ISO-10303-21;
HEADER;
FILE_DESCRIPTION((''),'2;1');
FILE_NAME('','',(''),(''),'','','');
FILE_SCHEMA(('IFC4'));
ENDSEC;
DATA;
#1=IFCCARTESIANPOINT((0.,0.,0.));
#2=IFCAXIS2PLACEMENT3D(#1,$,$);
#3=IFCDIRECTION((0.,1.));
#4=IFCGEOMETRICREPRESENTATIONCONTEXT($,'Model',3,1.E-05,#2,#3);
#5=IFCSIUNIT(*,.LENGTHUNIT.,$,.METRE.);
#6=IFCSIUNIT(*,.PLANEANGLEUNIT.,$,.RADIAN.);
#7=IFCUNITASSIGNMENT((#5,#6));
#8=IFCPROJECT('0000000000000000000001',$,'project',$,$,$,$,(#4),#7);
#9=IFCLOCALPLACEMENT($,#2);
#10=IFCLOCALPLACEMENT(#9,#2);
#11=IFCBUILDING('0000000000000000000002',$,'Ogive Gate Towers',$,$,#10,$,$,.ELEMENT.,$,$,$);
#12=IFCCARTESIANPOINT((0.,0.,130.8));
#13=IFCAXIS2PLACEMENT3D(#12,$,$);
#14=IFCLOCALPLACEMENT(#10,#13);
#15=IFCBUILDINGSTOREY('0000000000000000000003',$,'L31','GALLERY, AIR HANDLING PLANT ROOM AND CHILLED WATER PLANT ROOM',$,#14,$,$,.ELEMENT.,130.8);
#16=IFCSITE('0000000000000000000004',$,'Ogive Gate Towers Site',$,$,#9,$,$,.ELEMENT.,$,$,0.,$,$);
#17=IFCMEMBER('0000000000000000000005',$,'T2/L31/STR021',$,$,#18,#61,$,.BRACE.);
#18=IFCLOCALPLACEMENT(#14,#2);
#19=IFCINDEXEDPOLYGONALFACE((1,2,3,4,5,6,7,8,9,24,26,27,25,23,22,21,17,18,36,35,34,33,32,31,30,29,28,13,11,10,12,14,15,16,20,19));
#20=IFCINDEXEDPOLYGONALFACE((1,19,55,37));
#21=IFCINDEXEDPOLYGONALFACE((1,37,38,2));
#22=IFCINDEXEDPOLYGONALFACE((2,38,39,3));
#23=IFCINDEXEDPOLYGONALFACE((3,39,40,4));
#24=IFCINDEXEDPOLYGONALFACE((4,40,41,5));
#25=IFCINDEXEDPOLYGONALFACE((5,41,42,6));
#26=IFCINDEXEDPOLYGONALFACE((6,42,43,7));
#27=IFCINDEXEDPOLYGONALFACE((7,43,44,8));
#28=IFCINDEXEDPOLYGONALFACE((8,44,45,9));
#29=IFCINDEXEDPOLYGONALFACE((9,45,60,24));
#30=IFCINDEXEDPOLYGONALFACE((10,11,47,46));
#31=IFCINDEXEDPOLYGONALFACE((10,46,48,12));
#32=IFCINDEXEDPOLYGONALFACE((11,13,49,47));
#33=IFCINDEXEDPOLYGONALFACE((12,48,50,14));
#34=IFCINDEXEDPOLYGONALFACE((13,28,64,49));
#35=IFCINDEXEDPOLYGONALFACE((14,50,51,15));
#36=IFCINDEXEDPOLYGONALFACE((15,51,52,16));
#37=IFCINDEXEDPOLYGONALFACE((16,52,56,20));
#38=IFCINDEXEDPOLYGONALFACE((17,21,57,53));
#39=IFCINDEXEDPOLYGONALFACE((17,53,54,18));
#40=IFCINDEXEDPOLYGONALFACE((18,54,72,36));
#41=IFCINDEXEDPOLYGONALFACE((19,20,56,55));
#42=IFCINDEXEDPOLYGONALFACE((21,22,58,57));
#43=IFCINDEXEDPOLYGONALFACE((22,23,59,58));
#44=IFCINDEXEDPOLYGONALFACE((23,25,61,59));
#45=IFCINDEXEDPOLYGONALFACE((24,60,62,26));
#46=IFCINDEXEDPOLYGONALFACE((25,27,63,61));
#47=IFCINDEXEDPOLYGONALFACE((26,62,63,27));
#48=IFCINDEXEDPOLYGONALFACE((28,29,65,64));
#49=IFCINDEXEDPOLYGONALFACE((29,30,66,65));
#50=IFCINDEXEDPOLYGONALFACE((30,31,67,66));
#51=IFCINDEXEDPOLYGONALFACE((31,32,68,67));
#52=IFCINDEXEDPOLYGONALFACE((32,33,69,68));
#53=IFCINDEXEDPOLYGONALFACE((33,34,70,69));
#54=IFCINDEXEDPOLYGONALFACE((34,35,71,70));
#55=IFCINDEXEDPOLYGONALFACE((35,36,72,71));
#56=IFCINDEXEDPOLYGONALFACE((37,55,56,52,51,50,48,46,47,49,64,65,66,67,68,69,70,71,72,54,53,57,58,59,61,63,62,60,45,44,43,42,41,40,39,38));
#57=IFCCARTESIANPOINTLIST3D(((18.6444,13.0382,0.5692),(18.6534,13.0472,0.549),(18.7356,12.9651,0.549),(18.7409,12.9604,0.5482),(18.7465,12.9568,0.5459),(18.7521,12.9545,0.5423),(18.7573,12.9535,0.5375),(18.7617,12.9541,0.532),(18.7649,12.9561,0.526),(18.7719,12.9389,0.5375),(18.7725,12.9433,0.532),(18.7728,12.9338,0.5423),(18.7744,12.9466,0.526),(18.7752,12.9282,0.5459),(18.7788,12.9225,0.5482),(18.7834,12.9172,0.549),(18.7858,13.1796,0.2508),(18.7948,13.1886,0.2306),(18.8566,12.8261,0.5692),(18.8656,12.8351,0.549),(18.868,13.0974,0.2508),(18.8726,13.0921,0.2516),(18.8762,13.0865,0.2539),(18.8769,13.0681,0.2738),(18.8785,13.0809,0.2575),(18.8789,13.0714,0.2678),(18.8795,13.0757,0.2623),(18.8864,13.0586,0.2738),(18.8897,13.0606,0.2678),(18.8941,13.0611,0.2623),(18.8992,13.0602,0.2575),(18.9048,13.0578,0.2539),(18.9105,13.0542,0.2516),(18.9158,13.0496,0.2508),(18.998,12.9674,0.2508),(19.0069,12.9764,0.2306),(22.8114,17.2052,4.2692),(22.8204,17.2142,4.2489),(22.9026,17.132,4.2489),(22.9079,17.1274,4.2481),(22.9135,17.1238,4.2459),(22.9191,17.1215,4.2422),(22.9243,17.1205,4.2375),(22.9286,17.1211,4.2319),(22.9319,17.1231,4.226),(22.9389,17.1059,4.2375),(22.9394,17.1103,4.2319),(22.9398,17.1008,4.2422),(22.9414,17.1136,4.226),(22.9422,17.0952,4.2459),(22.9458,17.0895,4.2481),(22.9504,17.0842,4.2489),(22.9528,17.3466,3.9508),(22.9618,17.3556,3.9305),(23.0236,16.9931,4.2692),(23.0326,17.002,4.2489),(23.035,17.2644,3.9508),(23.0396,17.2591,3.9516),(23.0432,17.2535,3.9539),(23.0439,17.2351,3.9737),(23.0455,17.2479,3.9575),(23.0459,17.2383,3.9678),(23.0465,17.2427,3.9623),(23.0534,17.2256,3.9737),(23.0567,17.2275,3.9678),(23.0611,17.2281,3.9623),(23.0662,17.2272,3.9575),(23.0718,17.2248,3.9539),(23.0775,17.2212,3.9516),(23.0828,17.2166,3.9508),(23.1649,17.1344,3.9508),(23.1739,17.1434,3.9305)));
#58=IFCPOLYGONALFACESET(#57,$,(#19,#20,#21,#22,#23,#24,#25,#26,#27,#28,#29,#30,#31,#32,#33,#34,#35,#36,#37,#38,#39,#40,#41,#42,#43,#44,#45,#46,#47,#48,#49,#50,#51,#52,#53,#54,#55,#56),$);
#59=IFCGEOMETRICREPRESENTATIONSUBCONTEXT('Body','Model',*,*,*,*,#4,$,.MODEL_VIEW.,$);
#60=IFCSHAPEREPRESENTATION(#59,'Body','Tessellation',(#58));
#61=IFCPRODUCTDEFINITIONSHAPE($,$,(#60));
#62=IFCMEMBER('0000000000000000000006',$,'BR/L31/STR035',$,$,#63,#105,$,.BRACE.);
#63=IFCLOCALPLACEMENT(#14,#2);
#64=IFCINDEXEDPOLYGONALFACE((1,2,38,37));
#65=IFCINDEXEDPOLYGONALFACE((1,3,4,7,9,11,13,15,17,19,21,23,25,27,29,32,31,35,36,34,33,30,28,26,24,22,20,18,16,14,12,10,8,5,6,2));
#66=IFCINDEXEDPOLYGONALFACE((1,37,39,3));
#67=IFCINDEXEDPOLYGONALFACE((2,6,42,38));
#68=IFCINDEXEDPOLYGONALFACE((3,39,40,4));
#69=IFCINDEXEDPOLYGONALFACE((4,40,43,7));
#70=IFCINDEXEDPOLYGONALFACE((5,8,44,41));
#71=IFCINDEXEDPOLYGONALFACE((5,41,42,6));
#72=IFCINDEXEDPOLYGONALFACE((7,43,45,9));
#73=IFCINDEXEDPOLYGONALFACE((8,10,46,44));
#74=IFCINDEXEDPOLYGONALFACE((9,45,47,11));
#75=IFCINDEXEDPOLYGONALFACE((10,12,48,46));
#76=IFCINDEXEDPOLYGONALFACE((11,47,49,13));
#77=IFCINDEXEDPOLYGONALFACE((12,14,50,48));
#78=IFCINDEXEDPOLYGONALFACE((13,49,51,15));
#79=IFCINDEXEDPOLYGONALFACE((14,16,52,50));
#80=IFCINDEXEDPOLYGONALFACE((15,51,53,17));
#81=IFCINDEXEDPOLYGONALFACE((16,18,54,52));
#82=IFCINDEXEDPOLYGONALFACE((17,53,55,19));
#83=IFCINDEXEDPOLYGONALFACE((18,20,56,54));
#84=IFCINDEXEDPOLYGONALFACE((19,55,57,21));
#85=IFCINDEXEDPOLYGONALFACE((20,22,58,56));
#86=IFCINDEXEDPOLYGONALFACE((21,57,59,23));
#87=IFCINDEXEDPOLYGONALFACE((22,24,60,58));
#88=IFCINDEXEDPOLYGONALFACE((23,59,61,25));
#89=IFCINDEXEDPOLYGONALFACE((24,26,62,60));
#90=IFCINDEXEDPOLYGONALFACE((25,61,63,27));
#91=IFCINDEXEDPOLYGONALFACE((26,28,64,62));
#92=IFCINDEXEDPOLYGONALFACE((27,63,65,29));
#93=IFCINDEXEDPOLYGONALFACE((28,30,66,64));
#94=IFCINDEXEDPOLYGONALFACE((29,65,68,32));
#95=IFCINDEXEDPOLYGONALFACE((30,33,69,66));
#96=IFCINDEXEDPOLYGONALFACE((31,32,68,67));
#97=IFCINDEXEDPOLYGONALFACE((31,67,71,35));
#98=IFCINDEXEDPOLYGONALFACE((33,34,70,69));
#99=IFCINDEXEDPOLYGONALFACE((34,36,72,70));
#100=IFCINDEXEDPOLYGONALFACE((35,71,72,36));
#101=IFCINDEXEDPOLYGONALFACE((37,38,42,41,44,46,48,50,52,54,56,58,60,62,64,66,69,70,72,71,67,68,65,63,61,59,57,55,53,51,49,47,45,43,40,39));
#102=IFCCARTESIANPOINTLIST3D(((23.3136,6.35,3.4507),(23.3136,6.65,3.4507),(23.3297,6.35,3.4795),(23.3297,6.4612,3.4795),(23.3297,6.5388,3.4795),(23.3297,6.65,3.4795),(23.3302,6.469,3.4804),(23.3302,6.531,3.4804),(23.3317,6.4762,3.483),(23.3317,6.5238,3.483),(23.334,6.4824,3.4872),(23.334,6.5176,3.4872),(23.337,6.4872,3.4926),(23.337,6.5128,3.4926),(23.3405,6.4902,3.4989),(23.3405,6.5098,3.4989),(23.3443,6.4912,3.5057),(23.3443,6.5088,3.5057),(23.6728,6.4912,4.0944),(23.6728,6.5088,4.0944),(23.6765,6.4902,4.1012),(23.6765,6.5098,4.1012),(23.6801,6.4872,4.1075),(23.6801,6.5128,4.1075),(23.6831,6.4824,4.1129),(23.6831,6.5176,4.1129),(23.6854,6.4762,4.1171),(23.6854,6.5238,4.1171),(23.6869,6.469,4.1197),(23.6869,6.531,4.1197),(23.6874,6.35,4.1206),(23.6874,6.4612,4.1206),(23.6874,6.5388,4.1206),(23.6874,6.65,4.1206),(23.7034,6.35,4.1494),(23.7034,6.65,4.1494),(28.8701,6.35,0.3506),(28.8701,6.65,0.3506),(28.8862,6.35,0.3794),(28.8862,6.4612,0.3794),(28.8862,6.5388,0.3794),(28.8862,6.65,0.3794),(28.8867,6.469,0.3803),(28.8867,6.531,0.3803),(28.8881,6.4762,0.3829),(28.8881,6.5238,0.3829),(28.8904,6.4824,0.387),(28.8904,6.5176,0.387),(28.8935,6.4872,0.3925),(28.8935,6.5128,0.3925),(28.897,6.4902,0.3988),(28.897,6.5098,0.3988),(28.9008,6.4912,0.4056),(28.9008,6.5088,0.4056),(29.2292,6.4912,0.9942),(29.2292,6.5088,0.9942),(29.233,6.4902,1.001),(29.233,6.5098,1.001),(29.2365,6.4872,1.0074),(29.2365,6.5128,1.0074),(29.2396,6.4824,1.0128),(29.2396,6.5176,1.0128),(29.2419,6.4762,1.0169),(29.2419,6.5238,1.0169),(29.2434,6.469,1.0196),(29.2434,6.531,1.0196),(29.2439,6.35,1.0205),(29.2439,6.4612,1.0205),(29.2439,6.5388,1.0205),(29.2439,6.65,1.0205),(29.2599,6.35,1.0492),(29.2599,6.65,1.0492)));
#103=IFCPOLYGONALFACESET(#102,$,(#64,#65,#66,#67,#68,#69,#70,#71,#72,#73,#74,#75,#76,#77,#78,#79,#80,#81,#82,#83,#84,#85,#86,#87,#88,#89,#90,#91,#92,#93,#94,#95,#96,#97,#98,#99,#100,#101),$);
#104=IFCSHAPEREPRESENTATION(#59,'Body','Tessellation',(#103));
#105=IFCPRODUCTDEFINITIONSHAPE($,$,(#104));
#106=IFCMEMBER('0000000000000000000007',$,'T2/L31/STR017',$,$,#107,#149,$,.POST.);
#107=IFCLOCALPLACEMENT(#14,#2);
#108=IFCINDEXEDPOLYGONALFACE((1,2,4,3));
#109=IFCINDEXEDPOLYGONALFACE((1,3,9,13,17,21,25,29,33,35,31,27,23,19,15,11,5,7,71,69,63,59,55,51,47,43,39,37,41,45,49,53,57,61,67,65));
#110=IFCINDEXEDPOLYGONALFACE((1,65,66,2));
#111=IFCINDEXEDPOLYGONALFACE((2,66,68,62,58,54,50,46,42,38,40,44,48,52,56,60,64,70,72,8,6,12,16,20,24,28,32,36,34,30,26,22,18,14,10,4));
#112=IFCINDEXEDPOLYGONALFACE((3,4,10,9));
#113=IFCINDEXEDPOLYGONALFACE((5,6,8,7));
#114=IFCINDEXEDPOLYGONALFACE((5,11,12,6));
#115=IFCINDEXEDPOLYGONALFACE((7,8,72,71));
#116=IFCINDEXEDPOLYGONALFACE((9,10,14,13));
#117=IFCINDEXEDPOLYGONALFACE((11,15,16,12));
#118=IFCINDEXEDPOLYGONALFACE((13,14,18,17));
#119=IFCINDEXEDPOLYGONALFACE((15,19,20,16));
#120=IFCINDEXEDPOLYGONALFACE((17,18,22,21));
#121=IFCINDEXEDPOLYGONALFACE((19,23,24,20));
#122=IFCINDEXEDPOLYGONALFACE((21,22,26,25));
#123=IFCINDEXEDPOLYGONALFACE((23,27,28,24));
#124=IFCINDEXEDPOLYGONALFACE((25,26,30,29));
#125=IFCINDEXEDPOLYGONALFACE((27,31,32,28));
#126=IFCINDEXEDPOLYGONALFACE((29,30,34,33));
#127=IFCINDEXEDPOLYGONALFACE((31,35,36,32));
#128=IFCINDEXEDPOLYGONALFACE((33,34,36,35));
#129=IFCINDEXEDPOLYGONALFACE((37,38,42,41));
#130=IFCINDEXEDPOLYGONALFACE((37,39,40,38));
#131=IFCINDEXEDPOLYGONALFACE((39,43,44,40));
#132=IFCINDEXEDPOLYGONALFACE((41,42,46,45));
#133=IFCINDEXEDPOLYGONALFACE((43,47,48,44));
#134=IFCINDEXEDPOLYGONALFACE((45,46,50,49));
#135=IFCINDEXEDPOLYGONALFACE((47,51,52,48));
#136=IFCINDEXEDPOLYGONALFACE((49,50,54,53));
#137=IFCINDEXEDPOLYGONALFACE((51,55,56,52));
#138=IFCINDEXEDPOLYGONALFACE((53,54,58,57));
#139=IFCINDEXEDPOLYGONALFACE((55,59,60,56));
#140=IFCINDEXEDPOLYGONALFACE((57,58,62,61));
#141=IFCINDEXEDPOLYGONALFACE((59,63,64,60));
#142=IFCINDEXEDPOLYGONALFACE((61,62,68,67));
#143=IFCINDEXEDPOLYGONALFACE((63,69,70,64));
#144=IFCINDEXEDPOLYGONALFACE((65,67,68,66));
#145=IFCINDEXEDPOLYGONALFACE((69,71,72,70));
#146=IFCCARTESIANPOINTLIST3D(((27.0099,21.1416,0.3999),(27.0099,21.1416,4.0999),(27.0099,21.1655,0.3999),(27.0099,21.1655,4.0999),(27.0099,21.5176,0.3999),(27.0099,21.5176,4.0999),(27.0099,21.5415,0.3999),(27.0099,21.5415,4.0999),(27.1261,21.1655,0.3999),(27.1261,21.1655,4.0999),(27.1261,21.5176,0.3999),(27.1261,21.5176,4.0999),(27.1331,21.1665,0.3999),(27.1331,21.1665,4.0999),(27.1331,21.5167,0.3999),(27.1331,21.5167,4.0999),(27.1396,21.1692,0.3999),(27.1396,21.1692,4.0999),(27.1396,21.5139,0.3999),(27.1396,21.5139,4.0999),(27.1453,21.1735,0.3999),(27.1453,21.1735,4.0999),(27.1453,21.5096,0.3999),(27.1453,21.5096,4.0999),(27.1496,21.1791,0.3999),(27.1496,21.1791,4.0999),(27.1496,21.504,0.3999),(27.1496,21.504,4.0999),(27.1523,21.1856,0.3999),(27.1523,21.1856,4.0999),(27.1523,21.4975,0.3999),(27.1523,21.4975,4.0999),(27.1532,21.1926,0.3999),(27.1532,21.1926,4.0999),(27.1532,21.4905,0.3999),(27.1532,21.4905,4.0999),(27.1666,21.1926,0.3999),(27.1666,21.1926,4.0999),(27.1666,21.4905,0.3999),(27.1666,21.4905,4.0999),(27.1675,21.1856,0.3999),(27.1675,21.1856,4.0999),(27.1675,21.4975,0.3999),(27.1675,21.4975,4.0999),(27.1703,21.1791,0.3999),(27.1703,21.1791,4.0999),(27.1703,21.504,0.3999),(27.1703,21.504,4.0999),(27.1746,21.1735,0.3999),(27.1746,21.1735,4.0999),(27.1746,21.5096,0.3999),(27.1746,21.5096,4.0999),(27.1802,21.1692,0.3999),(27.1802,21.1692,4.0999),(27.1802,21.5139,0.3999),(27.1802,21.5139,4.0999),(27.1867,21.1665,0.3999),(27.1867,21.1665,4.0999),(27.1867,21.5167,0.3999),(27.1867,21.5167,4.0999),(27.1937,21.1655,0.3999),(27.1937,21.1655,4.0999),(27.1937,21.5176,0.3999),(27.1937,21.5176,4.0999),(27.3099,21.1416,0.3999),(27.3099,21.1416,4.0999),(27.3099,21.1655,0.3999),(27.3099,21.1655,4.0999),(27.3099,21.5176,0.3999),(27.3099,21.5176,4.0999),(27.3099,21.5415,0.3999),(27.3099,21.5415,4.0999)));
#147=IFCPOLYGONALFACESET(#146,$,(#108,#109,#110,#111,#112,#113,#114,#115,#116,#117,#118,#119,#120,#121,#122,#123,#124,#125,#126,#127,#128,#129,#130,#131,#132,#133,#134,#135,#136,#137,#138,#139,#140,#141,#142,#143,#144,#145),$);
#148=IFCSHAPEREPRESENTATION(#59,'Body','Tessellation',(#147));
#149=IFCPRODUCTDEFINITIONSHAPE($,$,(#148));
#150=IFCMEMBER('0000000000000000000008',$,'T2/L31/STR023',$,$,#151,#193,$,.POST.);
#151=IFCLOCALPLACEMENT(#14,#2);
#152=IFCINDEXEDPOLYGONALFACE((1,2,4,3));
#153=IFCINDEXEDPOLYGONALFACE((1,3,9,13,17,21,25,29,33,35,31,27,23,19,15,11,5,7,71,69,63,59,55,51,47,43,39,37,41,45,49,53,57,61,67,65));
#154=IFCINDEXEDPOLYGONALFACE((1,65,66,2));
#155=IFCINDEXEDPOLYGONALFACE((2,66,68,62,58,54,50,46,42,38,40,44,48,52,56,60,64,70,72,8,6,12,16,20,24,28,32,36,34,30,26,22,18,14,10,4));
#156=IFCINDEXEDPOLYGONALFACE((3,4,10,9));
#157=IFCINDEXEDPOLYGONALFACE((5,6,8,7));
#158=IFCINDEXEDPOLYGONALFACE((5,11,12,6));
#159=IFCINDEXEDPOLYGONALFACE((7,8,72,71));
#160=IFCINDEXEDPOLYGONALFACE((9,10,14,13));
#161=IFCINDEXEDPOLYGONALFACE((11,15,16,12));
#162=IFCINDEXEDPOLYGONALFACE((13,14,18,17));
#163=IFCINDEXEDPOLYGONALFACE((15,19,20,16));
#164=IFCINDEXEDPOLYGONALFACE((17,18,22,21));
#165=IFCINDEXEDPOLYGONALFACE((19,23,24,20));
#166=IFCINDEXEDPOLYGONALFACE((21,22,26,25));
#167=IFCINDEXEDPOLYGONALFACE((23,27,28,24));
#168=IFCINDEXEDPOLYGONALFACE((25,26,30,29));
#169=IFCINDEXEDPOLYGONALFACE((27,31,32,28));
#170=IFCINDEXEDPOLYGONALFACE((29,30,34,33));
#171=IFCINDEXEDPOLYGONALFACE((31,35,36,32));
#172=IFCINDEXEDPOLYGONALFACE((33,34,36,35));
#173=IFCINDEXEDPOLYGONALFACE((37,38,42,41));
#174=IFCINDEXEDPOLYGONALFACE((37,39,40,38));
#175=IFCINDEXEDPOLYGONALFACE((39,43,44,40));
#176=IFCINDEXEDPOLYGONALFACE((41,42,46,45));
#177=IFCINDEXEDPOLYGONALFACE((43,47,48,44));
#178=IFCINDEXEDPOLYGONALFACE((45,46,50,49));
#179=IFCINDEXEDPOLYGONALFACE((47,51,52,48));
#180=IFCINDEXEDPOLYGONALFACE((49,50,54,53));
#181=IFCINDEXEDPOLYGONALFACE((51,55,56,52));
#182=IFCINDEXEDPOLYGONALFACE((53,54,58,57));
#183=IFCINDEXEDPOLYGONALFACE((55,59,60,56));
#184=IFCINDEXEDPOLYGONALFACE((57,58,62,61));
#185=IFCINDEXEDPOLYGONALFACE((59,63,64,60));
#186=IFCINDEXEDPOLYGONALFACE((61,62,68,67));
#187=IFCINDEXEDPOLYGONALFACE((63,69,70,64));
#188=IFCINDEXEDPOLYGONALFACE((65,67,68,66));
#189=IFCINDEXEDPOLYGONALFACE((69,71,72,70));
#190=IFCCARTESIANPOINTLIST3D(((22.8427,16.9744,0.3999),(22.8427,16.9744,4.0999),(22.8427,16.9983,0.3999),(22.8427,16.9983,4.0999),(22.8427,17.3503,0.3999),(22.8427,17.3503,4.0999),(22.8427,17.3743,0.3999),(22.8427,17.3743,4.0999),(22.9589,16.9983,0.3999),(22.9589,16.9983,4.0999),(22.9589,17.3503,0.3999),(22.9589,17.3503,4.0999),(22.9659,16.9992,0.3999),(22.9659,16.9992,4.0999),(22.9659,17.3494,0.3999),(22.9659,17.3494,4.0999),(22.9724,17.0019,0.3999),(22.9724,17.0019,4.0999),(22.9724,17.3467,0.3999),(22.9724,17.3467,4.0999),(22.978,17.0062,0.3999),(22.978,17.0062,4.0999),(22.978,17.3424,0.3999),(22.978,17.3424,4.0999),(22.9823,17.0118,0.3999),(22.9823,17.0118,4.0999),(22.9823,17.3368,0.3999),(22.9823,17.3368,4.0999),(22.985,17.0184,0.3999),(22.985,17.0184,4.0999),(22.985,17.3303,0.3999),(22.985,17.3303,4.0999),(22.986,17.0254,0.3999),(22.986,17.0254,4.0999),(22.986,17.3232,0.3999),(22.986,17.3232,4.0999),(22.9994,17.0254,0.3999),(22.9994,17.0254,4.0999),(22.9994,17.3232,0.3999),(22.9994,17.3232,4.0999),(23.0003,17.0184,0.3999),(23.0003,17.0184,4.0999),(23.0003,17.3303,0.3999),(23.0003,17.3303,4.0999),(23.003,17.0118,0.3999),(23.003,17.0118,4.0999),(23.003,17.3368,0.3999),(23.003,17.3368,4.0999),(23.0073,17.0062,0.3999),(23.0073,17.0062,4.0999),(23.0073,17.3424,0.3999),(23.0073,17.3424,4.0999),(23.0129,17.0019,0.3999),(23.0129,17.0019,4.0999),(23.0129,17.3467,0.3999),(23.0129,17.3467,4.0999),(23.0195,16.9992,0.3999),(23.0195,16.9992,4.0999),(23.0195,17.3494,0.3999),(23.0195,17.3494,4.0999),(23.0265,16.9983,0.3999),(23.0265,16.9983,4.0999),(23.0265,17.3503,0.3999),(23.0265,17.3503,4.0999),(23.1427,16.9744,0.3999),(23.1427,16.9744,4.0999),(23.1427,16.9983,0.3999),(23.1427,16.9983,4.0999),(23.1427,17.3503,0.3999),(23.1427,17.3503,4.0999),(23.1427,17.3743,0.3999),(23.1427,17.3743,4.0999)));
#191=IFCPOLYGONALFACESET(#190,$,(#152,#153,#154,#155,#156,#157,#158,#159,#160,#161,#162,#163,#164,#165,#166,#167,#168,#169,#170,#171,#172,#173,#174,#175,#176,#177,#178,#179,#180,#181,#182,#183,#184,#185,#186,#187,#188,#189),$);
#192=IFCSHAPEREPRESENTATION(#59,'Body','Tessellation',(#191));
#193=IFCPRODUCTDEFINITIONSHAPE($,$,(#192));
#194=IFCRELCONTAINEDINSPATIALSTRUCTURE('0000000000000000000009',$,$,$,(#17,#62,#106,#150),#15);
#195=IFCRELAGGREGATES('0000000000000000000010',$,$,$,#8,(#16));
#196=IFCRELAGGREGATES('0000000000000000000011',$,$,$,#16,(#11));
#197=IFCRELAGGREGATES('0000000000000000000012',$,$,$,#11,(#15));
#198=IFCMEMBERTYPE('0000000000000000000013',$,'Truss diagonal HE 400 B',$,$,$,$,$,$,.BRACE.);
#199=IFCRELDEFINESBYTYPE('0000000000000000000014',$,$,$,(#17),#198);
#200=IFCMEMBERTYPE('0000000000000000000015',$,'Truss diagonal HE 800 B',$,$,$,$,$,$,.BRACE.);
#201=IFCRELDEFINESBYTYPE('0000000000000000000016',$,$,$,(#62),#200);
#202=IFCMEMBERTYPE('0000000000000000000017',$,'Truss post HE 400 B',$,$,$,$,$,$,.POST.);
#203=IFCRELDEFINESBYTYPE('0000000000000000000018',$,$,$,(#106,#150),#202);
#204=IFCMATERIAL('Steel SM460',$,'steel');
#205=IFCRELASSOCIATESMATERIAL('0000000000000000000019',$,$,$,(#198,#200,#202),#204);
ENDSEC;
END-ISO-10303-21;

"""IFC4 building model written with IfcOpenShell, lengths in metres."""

from ifc_helpers import new_model, si_unit, direction, frame, origin, origin_2d, place, context, subcontext, project, spatial, i_section, extrude, material, material_profile, profile_set, type_object, element, save


model = new_model("IFC4")

# Units and contexts
model_context = context("Model", 3, precision=1e-05, world=origin(), true_north=direction((0.0, 1.0)))
body_context = subcontext(model_context, "Body", "Model", "MODEL_VIEW")
ifc_project = project(units=[si_unit("LENGTHUNIT", "METRE"), si_unit("PLANEANGLEUNIT", "RADIAN")], contexts=[model_context])

# Site, building, storey
site_placement = place(None, origin())
site = spatial("IfcSite", under=ifc_project, at=site_placement, Name="Ogive Gate Towers Site", CompositionType="ELEMENT", RefElevation=0.0)
building_placement = place(site_placement, origin())
building = spatial("IfcBuilding", under=site, at=building_placement, Name="Ogive Gate Towers", CompositionType="ELEMENT")
storey_placement = place(building_placement, frame((0.0, 0.0, 130.8)))
storey = spatial("IfcBuildingStorey", under=building, at=storey_placement, Name="L31", Description="GALLERY, AIR HANDLING PLANT ROOM AND CHILLED WATER PLANT ROOM", CompositionType="ELEMENT", Elevation=130.8)

# Shared definitions
ifc_material_1 = material(Name="Steel SM460", Category="steel")

# Members
ifc_material_profile_1 = material_profile(ifc_material_1, i_section(OverallWidth=0.3, OverallDepth=0.3999, WebThickness=0.0134, FlangeThickness=0.0239, FilletRadius=0.0271, at=origin_2d()), Name="HE 400 B")
ifc_profile_set_1 = profile_set([ifc_material_profile_1], Name="Steel SM460")
member_type_1 = type_object("IfcMemberType", Name="Truss diagonal HE 400 B", PredefinedType="BRACE", material=ifc_profile_set_1)
member_1_placement = place(storey_placement, frame((22.9927, 17.1743, 4.0999), z_axis=(-0.598856, -0.598856, -0.531736), x_axis=(0.707107, -0.707107, 0.0)))
element("IfcMember", 1, at=member_1_placement, inside=storey, type_object=member_type_1, Name="T2/L31/STR021", PredefinedType="BRACE", context=body_context, shape_type="SweptSolid", body=[
    extrude(i_section(OverallWidth=0.3, OverallDepth=0.3999, WebThickness=0.0134, FlangeThickness=0.0239, FilletRadius=0.0271, at=origin_2d()), origin(), (0.0, 0.0, 1.0), 6.9583),
])
ifc_material_profile_2 = material_profile(ifc_material_1, i_section(OverallWidth=0.3, OverallDepth=0.8, WebThickness=0.0176, FlangeThickness=0.033, FilletRadius=0.03, at=origin_2d()), Name="HE 800 B")
ifc_profile_set_2 = profile_set([ifc_material_profile_2], Name="Steel SM460")
member_type_2 = type_object("IfcMemberType", Name="Truss diagonal HE 800 B", PredefinedType="BRACE", material=ifc_profile_set_2)
member_2_placement = place(storey_placement, frame((23.5085, 6.5, 3.8), z_axis=(0.873274, 0.0, -0.487229), x_axis=(0.0, 1.0, 0.0)))
element("IfcMember", 2, at=member_2_placement, inside=storey, type_object=member_type_2, Name="BR/L31/STR035", PredefinedType="BRACE", context=body_context, shape_type="SweptSolid", body=[
    extrude(i_section(OverallWidth=0.3, OverallDepth=0.8, WebThickness=0.0176, FlangeThickness=0.033, FilletRadius=0.03, at=origin_2d()), origin(), (0.0, 0.0, 1.0), 6.3628),
])
ifc_material_profile_3 = material_profile(ifc_material_1, i_section(OverallWidth=0.3, OverallDepth=0.3999, WebThickness=0.0134, FlangeThickness=0.0239, FilletRadius=0.0271, at=origin_2d()), Name="HE 400 B")
ifc_profile_set_3 = profile_set([ifc_material_profile_3], Name="Steel SM460")
member_type_3 = type_object("IfcMemberType", Name="Truss post HE 400 B", PredefinedType="POST", material=ifc_profile_set_3)
for number, where, z_axis, x_axis, name in (
    (3, (27.1599, 21.3416, 0.3999), (0.0, 0.0, 1.0), (1.0, 0.0, 0.0), "T2/L31/STR017"),
    (4, (22.9927, 17.1743, 0.3999), (0.0, 0.0, 1.0), (1.0, 0.0, 0.0), "T2/L31/STR023"),
):
    element("IfcMember", number, at=place(storey_placement, frame(where, z_axis=z_axis, x_axis=x_axis)), inside=storey, type_object=member_type_3, Name=name, PredefinedType="POST", context=body_context, shape_type="SweptSolid", body=[
        extrude(i_section(OverallWidth=0.3, OverallDepth=0.3999, WebThickness=0.0134, FlangeThickness=0.0239, FilletRadius=0.0271, at=origin_2d()), origin(), (0.0, 0.0, 1.0), 3.7),
    ])

save(model, "model.ifc")
